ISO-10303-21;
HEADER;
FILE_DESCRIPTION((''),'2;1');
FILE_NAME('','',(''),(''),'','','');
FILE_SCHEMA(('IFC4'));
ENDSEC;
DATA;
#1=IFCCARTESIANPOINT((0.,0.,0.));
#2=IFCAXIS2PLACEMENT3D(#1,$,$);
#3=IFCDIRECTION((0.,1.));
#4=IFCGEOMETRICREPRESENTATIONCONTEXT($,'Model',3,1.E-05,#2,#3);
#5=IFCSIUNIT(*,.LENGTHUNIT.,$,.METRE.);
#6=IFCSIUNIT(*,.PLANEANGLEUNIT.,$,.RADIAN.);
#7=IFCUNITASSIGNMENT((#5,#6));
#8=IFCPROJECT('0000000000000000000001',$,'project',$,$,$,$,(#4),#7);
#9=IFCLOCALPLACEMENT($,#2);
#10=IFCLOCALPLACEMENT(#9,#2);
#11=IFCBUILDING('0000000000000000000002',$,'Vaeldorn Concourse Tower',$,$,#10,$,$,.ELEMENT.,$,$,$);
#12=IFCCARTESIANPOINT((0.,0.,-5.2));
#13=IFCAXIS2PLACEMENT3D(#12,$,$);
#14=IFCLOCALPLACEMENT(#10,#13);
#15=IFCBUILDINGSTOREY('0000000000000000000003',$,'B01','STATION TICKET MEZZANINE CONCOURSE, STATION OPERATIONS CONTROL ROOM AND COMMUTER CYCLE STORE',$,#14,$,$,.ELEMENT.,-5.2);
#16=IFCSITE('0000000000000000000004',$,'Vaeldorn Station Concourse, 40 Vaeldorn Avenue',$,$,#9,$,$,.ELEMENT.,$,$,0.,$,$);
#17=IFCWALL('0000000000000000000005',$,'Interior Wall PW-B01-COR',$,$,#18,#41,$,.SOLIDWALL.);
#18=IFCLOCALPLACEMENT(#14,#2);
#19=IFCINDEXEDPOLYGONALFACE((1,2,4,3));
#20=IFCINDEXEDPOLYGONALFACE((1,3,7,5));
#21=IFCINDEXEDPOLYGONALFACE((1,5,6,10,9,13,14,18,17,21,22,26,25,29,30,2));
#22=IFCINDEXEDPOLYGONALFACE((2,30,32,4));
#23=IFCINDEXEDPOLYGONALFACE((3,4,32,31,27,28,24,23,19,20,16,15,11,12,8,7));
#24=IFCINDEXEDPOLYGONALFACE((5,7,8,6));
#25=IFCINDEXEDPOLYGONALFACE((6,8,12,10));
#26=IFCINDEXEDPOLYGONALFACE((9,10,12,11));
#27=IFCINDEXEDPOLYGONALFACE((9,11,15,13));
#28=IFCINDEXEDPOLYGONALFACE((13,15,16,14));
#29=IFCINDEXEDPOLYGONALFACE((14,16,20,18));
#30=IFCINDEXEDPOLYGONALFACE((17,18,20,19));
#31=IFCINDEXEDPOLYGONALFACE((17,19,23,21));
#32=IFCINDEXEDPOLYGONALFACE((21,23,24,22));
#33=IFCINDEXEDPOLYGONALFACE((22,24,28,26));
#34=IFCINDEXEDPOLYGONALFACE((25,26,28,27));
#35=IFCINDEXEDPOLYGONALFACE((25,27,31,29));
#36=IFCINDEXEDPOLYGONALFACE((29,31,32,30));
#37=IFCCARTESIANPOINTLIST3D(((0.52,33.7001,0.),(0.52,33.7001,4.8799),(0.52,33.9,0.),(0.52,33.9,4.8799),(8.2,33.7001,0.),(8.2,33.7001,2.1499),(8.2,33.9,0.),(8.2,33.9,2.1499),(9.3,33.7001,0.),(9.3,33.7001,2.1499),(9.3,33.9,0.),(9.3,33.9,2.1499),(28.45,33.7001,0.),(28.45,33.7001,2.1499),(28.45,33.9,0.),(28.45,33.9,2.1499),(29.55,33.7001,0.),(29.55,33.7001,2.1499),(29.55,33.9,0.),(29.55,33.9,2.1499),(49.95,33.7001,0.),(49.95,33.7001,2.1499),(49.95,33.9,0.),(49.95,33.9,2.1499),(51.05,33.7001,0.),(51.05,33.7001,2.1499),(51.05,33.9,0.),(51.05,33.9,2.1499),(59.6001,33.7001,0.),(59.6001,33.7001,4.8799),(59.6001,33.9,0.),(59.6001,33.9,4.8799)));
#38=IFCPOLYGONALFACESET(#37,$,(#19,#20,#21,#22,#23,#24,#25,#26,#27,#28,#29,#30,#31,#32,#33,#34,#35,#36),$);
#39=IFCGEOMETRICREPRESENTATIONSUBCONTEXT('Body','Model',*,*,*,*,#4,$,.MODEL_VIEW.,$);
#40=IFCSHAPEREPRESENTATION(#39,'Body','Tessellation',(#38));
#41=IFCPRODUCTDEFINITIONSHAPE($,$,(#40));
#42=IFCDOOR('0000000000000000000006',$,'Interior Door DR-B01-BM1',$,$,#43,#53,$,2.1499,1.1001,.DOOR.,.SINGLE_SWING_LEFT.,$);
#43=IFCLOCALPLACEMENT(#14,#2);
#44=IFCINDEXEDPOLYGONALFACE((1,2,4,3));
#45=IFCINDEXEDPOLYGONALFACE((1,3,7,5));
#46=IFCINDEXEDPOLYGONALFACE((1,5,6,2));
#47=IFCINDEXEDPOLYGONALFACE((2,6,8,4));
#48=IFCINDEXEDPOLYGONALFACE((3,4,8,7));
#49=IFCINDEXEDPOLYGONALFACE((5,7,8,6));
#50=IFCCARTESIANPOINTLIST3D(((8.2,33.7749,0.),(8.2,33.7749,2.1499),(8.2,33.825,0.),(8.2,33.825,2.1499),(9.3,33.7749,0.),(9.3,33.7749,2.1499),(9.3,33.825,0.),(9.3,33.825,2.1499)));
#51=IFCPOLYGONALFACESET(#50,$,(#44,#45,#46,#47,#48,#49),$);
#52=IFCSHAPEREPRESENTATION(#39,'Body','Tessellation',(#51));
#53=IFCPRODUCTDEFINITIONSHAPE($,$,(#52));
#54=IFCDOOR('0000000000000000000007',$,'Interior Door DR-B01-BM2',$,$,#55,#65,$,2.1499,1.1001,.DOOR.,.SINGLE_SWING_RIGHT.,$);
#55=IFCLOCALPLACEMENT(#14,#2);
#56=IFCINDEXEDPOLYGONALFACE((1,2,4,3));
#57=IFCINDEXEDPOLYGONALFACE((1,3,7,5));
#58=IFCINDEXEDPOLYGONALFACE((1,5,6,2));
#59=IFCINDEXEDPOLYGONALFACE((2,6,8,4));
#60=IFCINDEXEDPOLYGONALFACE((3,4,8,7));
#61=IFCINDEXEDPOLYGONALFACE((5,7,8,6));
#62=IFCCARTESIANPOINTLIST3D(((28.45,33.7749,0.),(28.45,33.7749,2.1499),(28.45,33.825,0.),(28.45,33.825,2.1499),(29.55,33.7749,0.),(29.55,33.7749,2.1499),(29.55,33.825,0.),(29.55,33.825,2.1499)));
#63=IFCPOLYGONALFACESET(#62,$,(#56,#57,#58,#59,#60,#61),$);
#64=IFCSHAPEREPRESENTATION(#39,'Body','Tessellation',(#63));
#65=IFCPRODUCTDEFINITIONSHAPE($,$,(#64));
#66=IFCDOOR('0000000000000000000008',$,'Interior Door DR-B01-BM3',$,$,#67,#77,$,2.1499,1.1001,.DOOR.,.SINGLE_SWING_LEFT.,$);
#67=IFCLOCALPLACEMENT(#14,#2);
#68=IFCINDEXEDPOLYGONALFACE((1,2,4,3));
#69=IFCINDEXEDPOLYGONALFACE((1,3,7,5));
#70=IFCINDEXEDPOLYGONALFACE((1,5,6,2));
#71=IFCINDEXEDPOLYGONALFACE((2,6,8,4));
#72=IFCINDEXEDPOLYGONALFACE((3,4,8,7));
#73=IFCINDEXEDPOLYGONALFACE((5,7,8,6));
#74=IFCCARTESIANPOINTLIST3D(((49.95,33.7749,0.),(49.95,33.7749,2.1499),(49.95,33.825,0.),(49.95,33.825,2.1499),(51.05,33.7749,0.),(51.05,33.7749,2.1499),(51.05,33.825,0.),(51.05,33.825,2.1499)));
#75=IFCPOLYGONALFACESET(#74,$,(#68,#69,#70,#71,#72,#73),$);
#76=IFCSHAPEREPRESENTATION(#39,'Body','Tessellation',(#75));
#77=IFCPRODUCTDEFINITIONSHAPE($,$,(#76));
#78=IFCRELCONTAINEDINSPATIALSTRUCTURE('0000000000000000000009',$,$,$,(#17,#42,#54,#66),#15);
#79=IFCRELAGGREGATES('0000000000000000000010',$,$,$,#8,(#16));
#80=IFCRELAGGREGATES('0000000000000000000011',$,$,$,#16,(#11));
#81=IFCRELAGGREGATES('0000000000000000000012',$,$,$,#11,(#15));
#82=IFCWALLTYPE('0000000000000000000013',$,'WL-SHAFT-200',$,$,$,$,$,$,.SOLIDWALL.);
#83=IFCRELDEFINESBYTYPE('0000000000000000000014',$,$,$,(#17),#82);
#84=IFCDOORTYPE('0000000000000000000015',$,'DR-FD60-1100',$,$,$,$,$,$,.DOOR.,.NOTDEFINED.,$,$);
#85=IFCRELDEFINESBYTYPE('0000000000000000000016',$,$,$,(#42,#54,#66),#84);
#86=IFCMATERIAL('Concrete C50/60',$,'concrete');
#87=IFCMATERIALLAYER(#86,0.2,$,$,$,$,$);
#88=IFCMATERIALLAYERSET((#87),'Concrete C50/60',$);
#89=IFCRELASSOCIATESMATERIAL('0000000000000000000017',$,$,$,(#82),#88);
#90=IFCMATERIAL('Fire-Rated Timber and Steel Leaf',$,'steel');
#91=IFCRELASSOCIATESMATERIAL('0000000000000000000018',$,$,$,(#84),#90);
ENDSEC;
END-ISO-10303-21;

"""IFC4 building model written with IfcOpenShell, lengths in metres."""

from ifc_helpers import new_model, si_unit, direction, frame, frame_2d, origin, place, context, subcontext, project, spatial, rectangle, extrude, source, transform, mapped, material, layer, layer_set, type_object, element, fill, save


model = new_model("IFC4")

# Units and contexts
model_context = context("Model", 3, precision=1e-05, world=origin(), true_north=direction((0.0, 1.0)))
body_context = subcontext(model_context, "Body", "Model", "MODEL_VIEW")
ifc_project = project(units=[si_unit("LENGTHUNIT", "METRE"), si_unit("PLANEANGLEUNIT", "RADIAN")], contexts=[model_context])

# Site, building, storey
site_placement = place(None, origin())
site = spatial("IfcSite", under=ifc_project, at=site_placement, Name="Vaeldorn Station Concourse, 40 Vaeldorn Avenue", CompositionType="ELEMENT", RefElevation=0.0)
building_placement = place(site_placement, origin())
building = spatial("IfcBuilding", under=site, at=building_placement, Name="Vaeldorn Concourse Tower", CompositionType="ELEMENT")
storey_placement = place(building_placement, frame((0.0, 0.0, -5.2)))
storey = spatial("IfcBuildingStorey", under=building, at=storey_placement, Name="B01", Description="STATION TICKET MEZZANINE CONCOURSE, STATION OPERATIONS CONTROL ROOM AND COMMUTER CYCLE STORE", CompositionType="ELEMENT", Elevation=-5.2)

# Shared definitions
ifc_material_1 = material(Name="Concrete C50/60", Category="concrete")

# Shared definitions
ifc_layer_1 = layer(ifc_material_1, 0.2)
ifc_layer_set_1 = layer_set([ifc_layer_1], Name="Concrete C50/60")
wall_type_1 = type_object("IfcWallType", Name="WL-SHAFT-200", PredefinedType="SOLIDWALL", material=ifc_layer_set_1)
ifc_material_2 = material(Name="Fire-Rated Timber and Steel Leaf", Category="steel")
door_type = type_object("IfcDoorType", Name="DR-FD60-1100", OperationType="NOTDEFINED", PredefinedType="DOOR", material=ifc_material_2)
shared_shape_1 = source(origin(), body_context, "Body", "SweptSolid", [
    extrude(rectangle(XDim=1.1001, YDim=2.1499, at=frame_2d((0.55, 1.075))), frame((0.0, 0.0249, 0.0), z_axis=(0.0, -1.0, 0.0), x_axis=(1.0, 0.0, 0.0)), (0.0, 0.0, 1.0), 0.05),
])

# Wall, openings, doors
wall_1_placement = place(storey_placement, frame((0.52, 33.8, 0.0), z_axis=(0.0, 0.0, 1.0), x_axis=(1.0, 0.0, 0.0)))
wall_1 = element("IfcWall", 1, at=wall_1_placement, inside=storey, type_object=wall_type_1, Name="Interior Wall PW-B01-COR", PredefinedType="SOLIDWALL", context=body_context, shape_type="SweptSolid", body=[
    extrude(rectangle(XDim=59.0801, YDim=0.2, at=frame_2d((29.54, 0.0))), origin(), (0.0, 0.0, 1.0), 4.8799),
])
opening_1_placement = place(wall_1_placement, frame((7.6799, 0.0, 0.0)))
opening_1 = element("IfcOpeningElement", 2, at=opening_1_placement, cuts=wall_1, PredefinedType="OPENING", context=body_context, shape_type="SweptSolid", body=[
    extrude(rectangle(XDim=1.1001, YDim=2.1499, at=frame_2d((0.55, 1.075))), frame((0.0, 0.1099, 0.0), z_axis=(0.0, -1.0, 0.0), x_axis=(1.0, 0.0, 0.0)), (0.0, 0.0, 1.0), 0.22),
])
opening_2_placement = place(wall_1_placement, frame((27.9299, 0.0, 0.0)))
opening_2 = element("IfcOpeningElement", 3, at=opening_2_placement, cuts=wall_1, PredefinedType="OPENING", context=body_context, shape_type="SweptSolid", body=[
    extrude(rectangle(XDim=1.1001, YDim=2.1499, at=frame_2d((0.55, 1.075))), frame((0.0, 0.1099, 0.0), z_axis=(0.0, -1.0, 0.0), x_axis=(1.0, 0.0, 0.0)), (0.0, 0.0, 1.0), 0.22),
])
opening_3_placement = place(wall_1_placement, frame((49.4299, 0.0, 0.0)))
opening_3 = element("IfcOpeningElement", 4, at=opening_3_placement, cuts=wall_1, PredefinedType="OPENING", context=body_context, shape_type="SweptSolid", body=[
    extrude(rectangle(XDim=1.1001, YDim=2.1499, at=frame_2d((0.55, 1.075))), frame((0.0, 0.1099, 0.0), z_axis=(0.0, -1.0, 0.0), x_axis=(1.0, 0.0, 0.0)), (0.0, 0.0, 1.0), 0.22),
])
door_1_placement = place(opening_1_placement, origin())
door_1 = element("IfcDoor", 5, at=door_1_placement, inside=storey, type_object=door_type, Name="Interior Door DR-B01-BM1", OperationType="SINGLE_SWING_LEFT", OverallHeight=2.1499, OverallWidth=1.1001, PredefinedType="DOOR", context=body_context, shape_type="MappedRepresentation", body=[
    mapped(shared_shape_1, transform((0.0, 0.0, 0.0), scale=1.0)),
])
fill(opening_1, door_1)
door_2_placement = place(opening_2_placement, origin())
door_2 = element("IfcDoor", 6, at=door_2_placement, inside=storey, type_object=door_type, Name="Interior Door DR-B01-BM2", OperationType="SINGLE_SWING_RIGHT", OverallHeight=2.1499, OverallWidth=1.1001, PredefinedType="DOOR", context=body_context, shape_type="MappedRepresentation", body=[
    mapped(shared_shape_1, transform((0.0, 0.0, 0.0), scale=1.0)),
])
fill(opening_2, door_2)
door_3_placement = place(opening_3_placement, origin())
door_3 = element("IfcDoor", 7, at=door_3_placement, inside=storey, type_object=door_type, Name="Interior Door DR-B01-BM3", OperationType="SINGLE_SWING_LEFT", OverallHeight=2.1499, OverallWidth=1.1001, PredefinedType="DOOR", context=body_context, shape_type="MappedRepresentation", body=[
    mapped(shared_shape_1, transform((0.0, 0.0, 0.0), scale=1.0)),
])
fill(opening_3, door_3)

save(model, "model.ifc")
